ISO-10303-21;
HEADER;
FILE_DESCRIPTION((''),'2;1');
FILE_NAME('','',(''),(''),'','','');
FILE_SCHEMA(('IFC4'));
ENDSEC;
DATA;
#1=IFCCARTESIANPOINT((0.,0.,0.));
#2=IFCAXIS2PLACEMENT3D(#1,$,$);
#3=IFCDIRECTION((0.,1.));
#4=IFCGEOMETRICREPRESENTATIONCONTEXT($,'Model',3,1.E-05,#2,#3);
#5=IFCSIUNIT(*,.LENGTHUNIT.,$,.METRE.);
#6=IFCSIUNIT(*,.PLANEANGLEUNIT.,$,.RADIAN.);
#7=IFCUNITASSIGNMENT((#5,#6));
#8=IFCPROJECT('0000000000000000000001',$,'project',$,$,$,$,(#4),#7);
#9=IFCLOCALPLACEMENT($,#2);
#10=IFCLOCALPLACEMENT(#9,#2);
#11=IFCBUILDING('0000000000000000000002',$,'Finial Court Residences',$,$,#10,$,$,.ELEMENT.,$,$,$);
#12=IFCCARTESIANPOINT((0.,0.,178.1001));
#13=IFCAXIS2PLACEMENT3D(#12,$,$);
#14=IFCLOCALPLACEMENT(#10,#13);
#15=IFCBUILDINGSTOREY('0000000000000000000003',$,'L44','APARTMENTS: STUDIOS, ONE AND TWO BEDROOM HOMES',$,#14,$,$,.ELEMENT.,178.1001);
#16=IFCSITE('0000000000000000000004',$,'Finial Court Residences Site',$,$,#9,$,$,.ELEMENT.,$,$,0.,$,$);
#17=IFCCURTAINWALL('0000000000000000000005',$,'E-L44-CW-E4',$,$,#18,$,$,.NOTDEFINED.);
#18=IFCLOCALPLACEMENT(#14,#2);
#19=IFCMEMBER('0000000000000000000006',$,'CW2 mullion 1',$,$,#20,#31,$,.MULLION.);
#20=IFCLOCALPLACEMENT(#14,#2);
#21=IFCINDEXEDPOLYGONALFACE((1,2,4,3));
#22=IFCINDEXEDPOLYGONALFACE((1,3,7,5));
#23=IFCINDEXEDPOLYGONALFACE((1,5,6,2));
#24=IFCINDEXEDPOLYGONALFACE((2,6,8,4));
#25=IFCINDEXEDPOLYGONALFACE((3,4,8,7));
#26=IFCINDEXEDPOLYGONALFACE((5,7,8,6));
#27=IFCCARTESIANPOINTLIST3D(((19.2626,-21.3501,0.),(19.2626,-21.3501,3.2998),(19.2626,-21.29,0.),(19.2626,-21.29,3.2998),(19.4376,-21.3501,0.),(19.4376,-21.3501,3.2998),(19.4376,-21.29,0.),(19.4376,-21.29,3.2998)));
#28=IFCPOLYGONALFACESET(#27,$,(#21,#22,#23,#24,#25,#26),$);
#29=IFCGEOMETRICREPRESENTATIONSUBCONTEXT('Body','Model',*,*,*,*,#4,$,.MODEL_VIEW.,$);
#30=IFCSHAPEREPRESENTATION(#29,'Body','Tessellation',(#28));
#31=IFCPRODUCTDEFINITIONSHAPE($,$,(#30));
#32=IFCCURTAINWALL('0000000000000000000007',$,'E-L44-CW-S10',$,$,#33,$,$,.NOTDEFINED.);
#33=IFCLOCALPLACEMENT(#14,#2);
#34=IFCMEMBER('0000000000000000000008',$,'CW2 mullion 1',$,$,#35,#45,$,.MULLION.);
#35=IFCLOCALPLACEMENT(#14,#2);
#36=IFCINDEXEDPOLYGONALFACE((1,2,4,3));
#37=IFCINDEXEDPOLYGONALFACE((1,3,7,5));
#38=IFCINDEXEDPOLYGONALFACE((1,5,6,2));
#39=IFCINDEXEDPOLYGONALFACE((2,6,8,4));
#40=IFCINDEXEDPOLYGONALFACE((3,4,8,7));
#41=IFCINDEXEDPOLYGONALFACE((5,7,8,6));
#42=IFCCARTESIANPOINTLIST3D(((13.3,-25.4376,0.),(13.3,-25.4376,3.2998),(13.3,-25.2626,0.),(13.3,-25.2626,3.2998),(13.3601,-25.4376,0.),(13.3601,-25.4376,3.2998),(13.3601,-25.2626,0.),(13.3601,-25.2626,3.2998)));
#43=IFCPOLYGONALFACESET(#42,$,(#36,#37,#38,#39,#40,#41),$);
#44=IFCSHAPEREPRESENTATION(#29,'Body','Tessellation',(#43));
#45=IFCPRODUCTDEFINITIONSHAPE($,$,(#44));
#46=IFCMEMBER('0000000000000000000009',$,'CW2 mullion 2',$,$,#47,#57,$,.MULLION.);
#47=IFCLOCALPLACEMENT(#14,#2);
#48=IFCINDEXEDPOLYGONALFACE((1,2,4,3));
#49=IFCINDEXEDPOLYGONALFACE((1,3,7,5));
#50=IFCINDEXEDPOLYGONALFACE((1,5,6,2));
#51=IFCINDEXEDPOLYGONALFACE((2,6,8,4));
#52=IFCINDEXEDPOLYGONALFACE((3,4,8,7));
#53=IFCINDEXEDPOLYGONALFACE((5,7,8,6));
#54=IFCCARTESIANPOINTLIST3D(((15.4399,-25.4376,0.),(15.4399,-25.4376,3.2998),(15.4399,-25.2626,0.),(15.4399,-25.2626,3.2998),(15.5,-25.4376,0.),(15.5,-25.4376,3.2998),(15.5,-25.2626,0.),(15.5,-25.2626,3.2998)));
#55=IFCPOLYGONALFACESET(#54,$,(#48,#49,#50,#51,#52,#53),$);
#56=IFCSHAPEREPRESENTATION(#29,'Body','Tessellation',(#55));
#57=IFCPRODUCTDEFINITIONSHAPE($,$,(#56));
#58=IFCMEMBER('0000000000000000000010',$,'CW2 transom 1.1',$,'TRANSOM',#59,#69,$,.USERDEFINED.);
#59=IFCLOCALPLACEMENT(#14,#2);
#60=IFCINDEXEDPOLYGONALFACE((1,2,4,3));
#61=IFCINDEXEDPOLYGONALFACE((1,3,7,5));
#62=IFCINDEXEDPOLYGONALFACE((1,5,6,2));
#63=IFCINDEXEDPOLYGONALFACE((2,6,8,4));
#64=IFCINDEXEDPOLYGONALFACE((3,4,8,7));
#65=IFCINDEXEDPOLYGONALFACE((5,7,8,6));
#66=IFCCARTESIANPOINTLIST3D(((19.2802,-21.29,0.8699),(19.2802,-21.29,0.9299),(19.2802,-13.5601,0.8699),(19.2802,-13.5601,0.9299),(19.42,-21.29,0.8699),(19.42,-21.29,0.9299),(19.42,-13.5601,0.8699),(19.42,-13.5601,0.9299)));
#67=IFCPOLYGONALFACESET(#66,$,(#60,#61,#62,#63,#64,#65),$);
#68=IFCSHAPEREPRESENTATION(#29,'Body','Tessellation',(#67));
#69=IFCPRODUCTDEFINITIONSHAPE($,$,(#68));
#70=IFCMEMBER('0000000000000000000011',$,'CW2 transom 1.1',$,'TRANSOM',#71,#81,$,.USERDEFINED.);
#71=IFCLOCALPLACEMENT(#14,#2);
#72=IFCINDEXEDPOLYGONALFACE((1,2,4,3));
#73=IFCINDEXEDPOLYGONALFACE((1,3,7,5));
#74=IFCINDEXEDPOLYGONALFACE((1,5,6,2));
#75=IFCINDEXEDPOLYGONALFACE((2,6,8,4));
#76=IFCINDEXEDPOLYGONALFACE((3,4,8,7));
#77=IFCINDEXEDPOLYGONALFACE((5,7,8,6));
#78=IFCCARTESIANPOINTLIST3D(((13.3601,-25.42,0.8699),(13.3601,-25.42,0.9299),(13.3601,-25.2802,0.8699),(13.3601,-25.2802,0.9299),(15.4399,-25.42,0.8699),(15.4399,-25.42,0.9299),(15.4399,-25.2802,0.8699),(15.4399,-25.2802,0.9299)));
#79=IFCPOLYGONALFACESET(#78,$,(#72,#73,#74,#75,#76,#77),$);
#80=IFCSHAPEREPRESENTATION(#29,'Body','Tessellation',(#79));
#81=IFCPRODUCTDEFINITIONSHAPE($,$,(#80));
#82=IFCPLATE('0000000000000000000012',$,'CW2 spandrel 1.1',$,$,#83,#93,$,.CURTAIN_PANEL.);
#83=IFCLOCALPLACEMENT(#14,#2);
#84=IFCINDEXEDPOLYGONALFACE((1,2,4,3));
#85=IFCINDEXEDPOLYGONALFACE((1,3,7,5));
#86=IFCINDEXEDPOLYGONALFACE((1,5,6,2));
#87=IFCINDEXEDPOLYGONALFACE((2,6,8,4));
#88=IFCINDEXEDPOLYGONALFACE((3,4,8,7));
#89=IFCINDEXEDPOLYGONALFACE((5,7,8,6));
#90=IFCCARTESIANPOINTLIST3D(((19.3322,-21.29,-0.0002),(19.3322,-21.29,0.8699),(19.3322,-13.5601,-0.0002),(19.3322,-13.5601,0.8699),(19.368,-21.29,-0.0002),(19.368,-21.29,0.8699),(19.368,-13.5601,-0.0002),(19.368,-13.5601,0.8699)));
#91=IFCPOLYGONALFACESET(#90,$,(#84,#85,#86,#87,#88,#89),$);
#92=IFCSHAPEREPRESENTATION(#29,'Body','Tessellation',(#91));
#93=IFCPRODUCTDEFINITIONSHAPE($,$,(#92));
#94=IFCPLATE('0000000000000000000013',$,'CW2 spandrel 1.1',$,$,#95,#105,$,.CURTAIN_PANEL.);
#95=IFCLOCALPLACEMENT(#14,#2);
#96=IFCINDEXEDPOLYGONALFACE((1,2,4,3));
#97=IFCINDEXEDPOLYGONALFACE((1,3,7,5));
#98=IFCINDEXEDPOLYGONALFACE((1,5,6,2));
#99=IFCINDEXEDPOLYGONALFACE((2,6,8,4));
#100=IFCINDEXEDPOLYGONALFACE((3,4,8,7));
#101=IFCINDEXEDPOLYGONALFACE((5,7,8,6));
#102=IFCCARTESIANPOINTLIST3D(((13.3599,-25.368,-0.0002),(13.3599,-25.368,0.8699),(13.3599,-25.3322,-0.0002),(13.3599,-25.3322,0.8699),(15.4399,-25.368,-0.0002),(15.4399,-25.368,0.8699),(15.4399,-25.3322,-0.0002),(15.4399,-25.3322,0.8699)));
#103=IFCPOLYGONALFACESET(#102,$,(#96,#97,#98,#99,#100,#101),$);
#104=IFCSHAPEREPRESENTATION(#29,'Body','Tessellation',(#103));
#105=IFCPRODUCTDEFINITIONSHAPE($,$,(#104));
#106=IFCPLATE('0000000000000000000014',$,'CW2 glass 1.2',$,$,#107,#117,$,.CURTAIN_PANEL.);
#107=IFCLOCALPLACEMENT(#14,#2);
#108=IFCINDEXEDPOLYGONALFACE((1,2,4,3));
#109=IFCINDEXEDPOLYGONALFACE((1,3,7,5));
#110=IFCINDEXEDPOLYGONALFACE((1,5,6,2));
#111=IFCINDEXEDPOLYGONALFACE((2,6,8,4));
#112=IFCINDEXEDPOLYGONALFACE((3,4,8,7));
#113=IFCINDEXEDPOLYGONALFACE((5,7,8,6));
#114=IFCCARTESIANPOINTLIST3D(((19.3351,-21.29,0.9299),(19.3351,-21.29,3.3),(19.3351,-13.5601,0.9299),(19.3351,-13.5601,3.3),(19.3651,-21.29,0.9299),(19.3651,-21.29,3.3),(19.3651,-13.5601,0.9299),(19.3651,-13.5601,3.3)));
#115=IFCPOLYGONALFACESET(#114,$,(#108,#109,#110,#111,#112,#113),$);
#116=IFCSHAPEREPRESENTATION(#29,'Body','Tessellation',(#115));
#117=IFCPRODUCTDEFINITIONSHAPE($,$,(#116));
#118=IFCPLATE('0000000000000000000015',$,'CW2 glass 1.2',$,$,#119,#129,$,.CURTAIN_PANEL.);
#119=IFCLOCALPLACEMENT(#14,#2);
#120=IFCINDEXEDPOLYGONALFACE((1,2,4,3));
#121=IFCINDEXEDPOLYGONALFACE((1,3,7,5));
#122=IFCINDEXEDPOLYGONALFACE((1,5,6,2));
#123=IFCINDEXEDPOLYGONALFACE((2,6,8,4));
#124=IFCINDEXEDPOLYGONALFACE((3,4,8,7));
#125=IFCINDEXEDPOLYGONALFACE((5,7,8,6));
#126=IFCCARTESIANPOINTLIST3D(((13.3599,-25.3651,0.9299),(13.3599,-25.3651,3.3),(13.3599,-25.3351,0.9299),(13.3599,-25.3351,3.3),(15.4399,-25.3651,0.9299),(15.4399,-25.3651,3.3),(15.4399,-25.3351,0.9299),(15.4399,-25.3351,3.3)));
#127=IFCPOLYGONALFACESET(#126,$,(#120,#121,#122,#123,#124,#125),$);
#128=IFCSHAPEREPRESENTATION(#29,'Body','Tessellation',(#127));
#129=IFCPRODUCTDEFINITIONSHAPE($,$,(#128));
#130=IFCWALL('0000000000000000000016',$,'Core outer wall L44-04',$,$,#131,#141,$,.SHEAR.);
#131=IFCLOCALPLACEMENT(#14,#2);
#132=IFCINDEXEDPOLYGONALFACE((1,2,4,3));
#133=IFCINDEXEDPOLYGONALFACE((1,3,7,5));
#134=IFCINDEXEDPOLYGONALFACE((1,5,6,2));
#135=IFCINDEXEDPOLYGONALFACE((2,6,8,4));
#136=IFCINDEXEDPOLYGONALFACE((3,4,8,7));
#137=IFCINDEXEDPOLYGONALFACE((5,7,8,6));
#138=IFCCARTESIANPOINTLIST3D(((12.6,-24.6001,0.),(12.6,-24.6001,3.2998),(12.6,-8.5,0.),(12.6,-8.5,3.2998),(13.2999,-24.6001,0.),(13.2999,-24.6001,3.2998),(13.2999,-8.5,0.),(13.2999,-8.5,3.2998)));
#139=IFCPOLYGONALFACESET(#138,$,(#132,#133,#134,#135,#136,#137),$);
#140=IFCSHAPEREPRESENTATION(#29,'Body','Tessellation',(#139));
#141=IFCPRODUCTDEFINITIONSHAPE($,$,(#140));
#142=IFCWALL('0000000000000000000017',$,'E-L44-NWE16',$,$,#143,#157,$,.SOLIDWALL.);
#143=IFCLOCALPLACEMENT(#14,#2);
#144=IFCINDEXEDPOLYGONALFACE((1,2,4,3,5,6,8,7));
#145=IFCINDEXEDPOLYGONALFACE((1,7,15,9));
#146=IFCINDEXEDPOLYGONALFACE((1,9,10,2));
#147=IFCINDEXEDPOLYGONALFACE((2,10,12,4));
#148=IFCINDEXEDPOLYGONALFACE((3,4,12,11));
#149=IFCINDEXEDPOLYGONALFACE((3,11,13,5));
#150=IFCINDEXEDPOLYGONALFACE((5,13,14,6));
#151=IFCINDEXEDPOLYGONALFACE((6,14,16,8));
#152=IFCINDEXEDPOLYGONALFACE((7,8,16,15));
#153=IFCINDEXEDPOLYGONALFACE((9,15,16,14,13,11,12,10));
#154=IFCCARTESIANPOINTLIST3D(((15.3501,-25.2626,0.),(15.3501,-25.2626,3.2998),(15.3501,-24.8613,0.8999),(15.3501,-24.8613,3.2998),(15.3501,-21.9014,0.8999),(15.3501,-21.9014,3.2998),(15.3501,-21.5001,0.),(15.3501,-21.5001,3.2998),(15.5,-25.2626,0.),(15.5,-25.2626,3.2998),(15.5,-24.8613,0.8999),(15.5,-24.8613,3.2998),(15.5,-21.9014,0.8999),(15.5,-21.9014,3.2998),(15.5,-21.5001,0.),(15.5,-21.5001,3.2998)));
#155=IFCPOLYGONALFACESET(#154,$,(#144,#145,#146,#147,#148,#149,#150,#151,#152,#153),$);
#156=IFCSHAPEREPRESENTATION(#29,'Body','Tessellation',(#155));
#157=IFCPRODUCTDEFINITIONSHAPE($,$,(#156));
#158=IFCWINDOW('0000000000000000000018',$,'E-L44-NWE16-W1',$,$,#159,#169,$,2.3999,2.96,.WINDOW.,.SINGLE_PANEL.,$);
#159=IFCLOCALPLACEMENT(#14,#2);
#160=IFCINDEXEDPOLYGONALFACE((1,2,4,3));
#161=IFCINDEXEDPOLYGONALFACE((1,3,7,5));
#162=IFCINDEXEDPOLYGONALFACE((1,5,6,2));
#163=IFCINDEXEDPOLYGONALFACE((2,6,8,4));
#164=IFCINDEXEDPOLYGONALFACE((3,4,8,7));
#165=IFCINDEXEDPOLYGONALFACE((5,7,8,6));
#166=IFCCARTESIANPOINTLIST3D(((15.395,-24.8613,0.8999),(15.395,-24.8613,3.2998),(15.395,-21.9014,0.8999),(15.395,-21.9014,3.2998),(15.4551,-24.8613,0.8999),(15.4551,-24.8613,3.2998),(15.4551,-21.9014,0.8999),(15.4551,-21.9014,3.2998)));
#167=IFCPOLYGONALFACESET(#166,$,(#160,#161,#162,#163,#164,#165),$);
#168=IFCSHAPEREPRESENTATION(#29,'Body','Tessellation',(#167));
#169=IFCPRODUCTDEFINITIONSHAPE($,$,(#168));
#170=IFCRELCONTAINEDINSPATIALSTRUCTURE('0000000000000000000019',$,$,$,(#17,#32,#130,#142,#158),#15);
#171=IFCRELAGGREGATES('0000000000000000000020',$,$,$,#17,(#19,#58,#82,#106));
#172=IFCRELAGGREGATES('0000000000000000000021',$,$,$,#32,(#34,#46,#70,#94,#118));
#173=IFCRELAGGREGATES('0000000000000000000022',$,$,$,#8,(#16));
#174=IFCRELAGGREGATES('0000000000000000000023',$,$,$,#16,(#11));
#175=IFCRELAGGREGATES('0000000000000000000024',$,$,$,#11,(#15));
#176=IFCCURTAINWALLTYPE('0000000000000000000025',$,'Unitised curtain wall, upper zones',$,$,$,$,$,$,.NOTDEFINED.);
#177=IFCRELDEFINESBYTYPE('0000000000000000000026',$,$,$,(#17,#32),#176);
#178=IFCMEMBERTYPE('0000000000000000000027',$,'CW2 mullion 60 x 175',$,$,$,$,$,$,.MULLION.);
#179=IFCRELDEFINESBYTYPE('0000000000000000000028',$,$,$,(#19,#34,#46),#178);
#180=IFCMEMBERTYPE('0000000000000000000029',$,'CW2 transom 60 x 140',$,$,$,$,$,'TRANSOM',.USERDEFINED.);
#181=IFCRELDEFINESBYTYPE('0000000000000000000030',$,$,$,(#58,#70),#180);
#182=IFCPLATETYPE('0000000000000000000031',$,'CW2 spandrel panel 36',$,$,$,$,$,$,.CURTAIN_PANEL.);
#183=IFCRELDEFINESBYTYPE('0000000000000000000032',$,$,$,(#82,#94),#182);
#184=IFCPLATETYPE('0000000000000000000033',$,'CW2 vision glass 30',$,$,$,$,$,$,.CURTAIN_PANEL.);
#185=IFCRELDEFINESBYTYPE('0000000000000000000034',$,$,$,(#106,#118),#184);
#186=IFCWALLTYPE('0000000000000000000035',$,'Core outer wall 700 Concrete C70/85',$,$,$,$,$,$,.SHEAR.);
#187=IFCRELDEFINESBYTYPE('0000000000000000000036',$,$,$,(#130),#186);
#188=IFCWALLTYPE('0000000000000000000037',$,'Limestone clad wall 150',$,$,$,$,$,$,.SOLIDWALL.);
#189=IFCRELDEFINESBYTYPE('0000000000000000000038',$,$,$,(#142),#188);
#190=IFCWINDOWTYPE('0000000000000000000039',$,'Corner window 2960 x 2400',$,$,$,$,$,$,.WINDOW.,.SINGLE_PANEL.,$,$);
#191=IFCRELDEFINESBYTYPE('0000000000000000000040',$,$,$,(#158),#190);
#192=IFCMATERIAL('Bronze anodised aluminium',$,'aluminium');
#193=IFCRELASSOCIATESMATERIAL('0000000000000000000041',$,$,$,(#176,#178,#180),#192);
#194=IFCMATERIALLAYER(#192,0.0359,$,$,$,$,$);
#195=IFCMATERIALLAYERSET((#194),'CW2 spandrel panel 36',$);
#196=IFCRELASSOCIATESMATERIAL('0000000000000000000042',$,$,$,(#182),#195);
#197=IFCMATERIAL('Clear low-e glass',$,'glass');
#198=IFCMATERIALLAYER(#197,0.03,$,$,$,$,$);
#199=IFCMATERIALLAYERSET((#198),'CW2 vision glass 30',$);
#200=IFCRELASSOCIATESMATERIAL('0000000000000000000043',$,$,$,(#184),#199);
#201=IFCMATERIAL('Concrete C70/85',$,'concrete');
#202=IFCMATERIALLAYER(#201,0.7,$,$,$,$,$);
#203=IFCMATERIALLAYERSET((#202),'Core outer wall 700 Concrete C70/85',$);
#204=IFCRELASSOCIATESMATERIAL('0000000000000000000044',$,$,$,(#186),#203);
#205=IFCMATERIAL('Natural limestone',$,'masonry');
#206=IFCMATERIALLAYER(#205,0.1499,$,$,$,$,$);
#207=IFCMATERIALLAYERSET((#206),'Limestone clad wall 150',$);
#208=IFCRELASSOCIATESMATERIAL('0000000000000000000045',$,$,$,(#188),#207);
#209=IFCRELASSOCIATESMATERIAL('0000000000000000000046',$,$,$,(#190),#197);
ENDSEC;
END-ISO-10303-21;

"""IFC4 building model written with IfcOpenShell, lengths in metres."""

from ifc_helpers import new_model, si_unit, direction, frame, frame_2d, origin, origin_2d, place, context, subcontext, project, spatial, rectangle, extrude, material, layer, layer_set, material_profile, profile_set, type_object, element, fill, aggregate, save


model = new_model("IFC4")

# Units and contexts
model_context = context("Model", 3, precision=1e-05, world=origin(), true_north=direction((0.0, 1.0)))
body_context = subcontext(model_context, "Body", "Model", "MODEL_VIEW")
ifc_project = project(units=[si_unit("LENGTHUNIT", "METRE"), si_unit("PLANEANGLEUNIT", "RADIAN")], contexts=[model_context])

# Site, building, storey
site_placement = place(None, origin())
site = spatial("IfcSite", under=ifc_project, at=site_placement, Name="Finial Court Residences Site", CompositionType="ELEMENT", RefElevation=0.0)
building_placement = place(site_placement, origin())
building = spatial("IfcBuilding", under=site, at=building_placement, Name="Finial Court Residences", CompositionType="ELEMENT")
storey_placement = place(building_placement, frame((0.0, 0.0, 178.1001)))
storey = spatial("IfcBuildingStorey", under=building, at=storey_placement, Name="L44", Description="APARTMENTS: STUDIOS, ONE AND TWO BEDROOM HOMES", CompositionType="ELEMENT", Elevation=178.1001)

# Curtain wall, member
ifc_material_1 = material(Name="Bronze anodised aluminium", Category="aluminium")
curtain_wall_type = type_object("IfcCurtainWallType", Name="Unitised curtain wall, upper zones", PredefinedType="NOTDEFINED", material=ifc_material_1)
curtain_wall_1_placement = place(storey_placement, origin())
curtain_wall_1 = element("IfcCurtainWall", 1, at=curtain_wall_1_placement, inside=storey, type_object=curtain_wall_type, Name="E-L44-CW-E4", PredefinedType="NOTDEFINED")
ifc_material_profile_1 = material_profile(ifc_material_1, rectangle(XDim=0.175, YDim=0.0601, at=origin_2d()), Name="CW2 mullion 60 x 175")
ifc_profile_set_1 = profile_set([ifc_material_profile_1], Name="Bronze anodised aluminium")
member_type_1 = type_object("IfcMemberType", Name="CW2 mullion 60 x 175", PredefinedType="MULLION", material=ifc_profile_set_1)
member_1_placement = place(storey_placement, frame((19.3501, -21.3201, 0.0), z_axis=(0.0, 0.0, 1.0), x_axis=(-1.0, 0.0, 0.0)))
member_1 = element("IfcMember", 2, at=member_1_placement, type_object=member_type_1, Name="CW2 mullion 1", PredefinedType="MULLION", context=body_context, shape_type="SweptSolid", body=[
    extrude(rectangle(XDim=0.175, YDim=0.0601, at=origin_2d()), origin(), (0.0, 0.0, 1.0), 3.2998),
])

# Curtain wall, members
curtain_wall_2_placement = place(storey_placement, origin())
curtain_wall_2 = element("IfcCurtainWall", 3, at=curtain_wall_2_placement, inside=storey, type_object=curtain_wall_type, Name="E-L44-CW-S10", PredefinedType="NOTDEFINED")
member_2_placement = place(storey_placement, frame((13.3301, -25.3501, 0.0), z_axis=(0.0, 0.0, 1.0), x_axis=(0.0, 1.0, 0.0)))
member_2 = element("IfcMember", 4, at=member_2_placement, type_object=member_type_1, Name="CW2 mullion 1", PredefinedType="MULLION", context=body_context, shape_type="SweptSolid", body=[
    extrude(rectangle(XDim=0.175, YDim=0.0601, at=origin_2d()), origin(), (0.0, 0.0, 1.0), 3.2998),
])
member_3_placement = place(storey_placement, frame((15.47, -25.3501, 0.0), z_axis=(0.0, 0.0, 1.0), x_axis=(0.0, 1.0, 0.0)))
member_3 = element("IfcMember", 5, at=member_3_placement, type_object=member_type_1, Name="CW2 mullion 2", PredefinedType="MULLION", context=body_context, shape_type="SweptSolid", body=[
    extrude(rectangle(XDim=0.175, YDim=0.0601, at=origin_2d()), origin(), (0.0, 0.0, 1.0), 3.2998),
])

# Members
ifc_material_profile_2 = material_profile(ifc_material_1, rectangle(XDim=0.1399, YDim=0.0601, at=origin_2d()), Name="CW2 transom 60 x 140")
ifc_profile_set_2 = profile_set([ifc_material_profile_2], Name="Bronze anodised aluminium")
member_type_2 = type_object("IfcMemberType", Name="CW2 transom 60 x 140", ElementType="TRANSOM", PredefinedType="USERDEFINED", material=ifc_profile_set_2)
member_4_placement = place(storey_placement, frame((19.3501, -21.29, 0.8999), z_axis=(0.0, 1.0, 0.0), x_axis=(-1.0, 0.0, 0.0)))
member_4 = element("IfcMember", 6, at=member_4_placement, type_object=member_type_2, Name="CW2 transom 1.1", ObjectType="TRANSOM", PredefinedType="USERDEFINED", context=body_context, shape_type="SweptSolid", body=[
    extrude(rectangle(XDim=0.1399, YDim=0.0601, at=origin_2d()), origin(), (0.0, 0.0, 1.0), 7.73),
])
member_5_placement = place(storey_placement, frame((13.3601, -25.3501, 0.8999), z_axis=(1.0, 0.0, 0.0), x_axis=(0.0, 1.0, 0.0)))
member_5 = element("IfcMember", 7, at=member_5_placement, type_object=member_type_2, Name="CW2 transom 1.1", ObjectType="TRANSOM", PredefinedType="USERDEFINED", context=body_context, shape_type="SweptSolid", body=[
    extrude(rectangle(XDim=0.1399, YDim=0.0601, at=origin_2d()), origin(), (0.0, 0.0, 1.0), 2.0798),
])

# Plates
ifc_layer_1 = layer(ifc_material_1, 0.0359)
ifc_layer_set_1 = layer_set([ifc_layer_1], Name="CW2 spandrel panel 36")
plate_type_1 = type_object("IfcPlateType", Name="CW2 spandrel panel 36", PredefinedType="CURTAIN_PANEL", material=ifc_layer_set_1)
plate_1_placement = place(storey_placement, frame((19.3501, -17.425, -0.0002), z_axis=(0.0, 0.0, 1.0), x_axis=(0.0, 1.0, 0.0)))
plate_1 = element("IfcPlate", 8, at=plate_1_placement, type_object=plate_type_1, Name="CW2 spandrel 1.1", PredefinedType="CURTAIN_PANEL", context=body_context, shape_type="SweptSolid", body=[
    extrude(rectangle(XDim=7.73, YDim=0.0359, at=origin_2d()), origin(), (0.0, 0.0, 1.0), 0.8701),
])
plate_2_placement = place(storey_placement, frame((14.3999, -25.3501, -0.0002), z_axis=(0.0, 0.0, 1.0), x_axis=(1.0, 0.0, 0.0)))
plate_2 = element("IfcPlate", 9, at=plate_2_placement, type_object=plate_type_1, Name="CW2 spandrel 1.1", PredefinedType="CURTAIN_PANEL", context=body_context, shape_type="SweptSolid", body=[
    extrude(rectangle(XDim=2.0801, YDim=0.0359, at=origin_2d()), origin(), (0.0, 0.0, 1.0), 0.8701),
])
ifc_material_2 = material(Name="Clear low-e glass", Category="glass")
ifc_layer_2 = layer(ifc_material_2, 0.03)
ifc_layer_set_2 = layer_set([ifc_layer_2], Name="CW2 vision glass 30")
plate_type_2 = type_object("IfcPlateType", Name="CW2 vision glass 30", PredefinedType="CURTAIN_PANEL", material=ifc_layer_set_2)
plate_3_placement = place(storey_placement, frame((19.3501, -17.425, 0.9299), z_axis=(0.0, 0.0, 1.0), x_axis=(0.0, 1.0, 0.0)))
plate_3 = element("IfcPlate", 10, at=plate_3_placement, type_object=plate_type_2, Name="CW2 glass 1.2", PredefinedType="CURTAIN_PANEL", context=body_context, shape_type="SweptSolid", body=[
    extrude(rectangle(XDim=7.73, YDim=0.03, at=origin_2d()), origin(), (0.0, 0.0, 1.0), 2.3701),
])
aggregate(curtain_wall_1, [member_1, member_4, plate_1, plate_3])
plate_4_placement = place(storey_placement, frame((14.3999, -25.3501, 0.9299), z_axis=(0.0, 0.0, 1.0), x_axis=(1.0, 0.0, 0.0)))
plate_4 = element("IfcPlate", 11, at=plate_4_placement, type_object=plate_type_2, Name="CW2 glass 1.2", PredefinedType="CURTAIN_PANEL", context=body_context, shape_type="SweptSolid", body=[
    extrude(rectangle(XDim=2.0801, YDim=0.03, at=origin_2d()), origin(), (0.0, 0.0, 1.0), 2.3701),
])
aggregate(curtain_wall_2, [member_2, member_3, member_5, plate_2, plate_4])

# Wall
ifc_material_3 = material(Name="Concrete C70/85", Category="concrete")
ifc_layer_3 = layer(ifc_material_3, 0.7)
ifc_layer_set_3 = layer_set([ifc_layer_3], Name="Core outer wall 700 Concrete C70/85")
wall_type_1 = type_object("IfcWallType", Name="Core outer wall 700 Concrete C70/85", PredefinedType="SHEAR", material=ifc_layer_set_3)
wall_1_placement = place(storey_placement, frame((12.95, -24.6001, 0.0), z_axis=(0.0, 0.0, 1.0), x_axis=(0.0, 1.0, 0.0)))
element("IfcWall", 12, at=wall_1_placement, inside=storey, type_object=wall_type_1, Name="Core outer wall L44-04", PredefinedType="SHEAR", context=body_context, shape_type="SweptSolid", body=[
    extrude(rectangle(XDim=16.1001, YDim=0.7, at=frame_2d((8.05, 0.0))), origin(), (0.0, 0.0, 1.0), 3.2998),
])

# Wall, opening, window
ifc_material_4 = material(Name="Natural limestone", Category="masonry")
ifc_layer_4 = layer(ifc_material_4, 0.1499)
ifc_layer_set_4 = layer_set([ifc_layer_4], Name="Limestone clad wall 150")
wall_type_2 = type_object("IfcWallType", Name="Limestone clad wall 150", PredefinedType="SOLIDWALL", material=ifc_layer_set_4)
wall_2_placement = place(storey_placement, frame((15.425, -21.5, 0.0), z_axis=(0.0, 0.0, 1.0), x_axis=(0.0, -1.0, 0.0)))
wall_2 = element("IfcWall", 13, at=wall_2_placement, inside=storey, type_object=wall_type_2, Name="E-L44-NWE16", PredefinedType="SOLIDWALL", context=body_context, shape_type="SweptSolid", body=[
    extrude(rectangle(XDim=3.7625, YDim=0.1499, at=frame_2d((1.8813, 0.0))), origin(), (0.0, 0.0, 1.0), 3.2998),
])
opening_1_placement = place(wall_2_placement, frame((0.4014, 0.0, 0.8999)))
opening_1 = element("IfcOpeningElement", 14, at=opening_1_placement, cuts=wall_2, PredefinedType="OPENING", context=body_context, shape_type="SweptSolid", body=[
    extrude(rectangle(XDim=2.96, YDim=2.3999, at=frame_2d((1.48, 1.2))), frame((0.0, 0.085, 0.0), z_axis=(0.0, -1.0, 0.0), x_axis=(1.0, 0.0, 0.0)), (0.0, 0.0, 1.0), 0.1699),
])
window_type_1 = type_object("IfcWindowType", Name="Corner window 2960 x 2400", PartitioningType="SINGLE_PANEL", PredefinedType="WINDOW", material=ifc_material_2)
window_1_placement = place(opening_1_placement, origin())
window_1 = element("IfcWindow", 15, at=window_1_placement, inside=storey, type_object=window_type_1, Name="E-L44-NWE16-W1", OverallHeight=2.3999, OverallWidth=2.96, PartitioningType="SINGLE_PANEL", PredefinedType="WINDOW", context=body_context, shape_type="SweptSolid", body=[
    extrude(rectangle(XDim=2.96, YDim=2.3999, at=frame_2d((1.48, 1.2))), frame((0.0, 0.03, 0.0), z_axis=(0.0, -1.0, 0.0), x_axis=(1.0, 0.0, 0.0)), (0.0, 0.0, 1.0), 0.0601),
])
fill(opening_1, window_1)

save(model, "model.ifc")
